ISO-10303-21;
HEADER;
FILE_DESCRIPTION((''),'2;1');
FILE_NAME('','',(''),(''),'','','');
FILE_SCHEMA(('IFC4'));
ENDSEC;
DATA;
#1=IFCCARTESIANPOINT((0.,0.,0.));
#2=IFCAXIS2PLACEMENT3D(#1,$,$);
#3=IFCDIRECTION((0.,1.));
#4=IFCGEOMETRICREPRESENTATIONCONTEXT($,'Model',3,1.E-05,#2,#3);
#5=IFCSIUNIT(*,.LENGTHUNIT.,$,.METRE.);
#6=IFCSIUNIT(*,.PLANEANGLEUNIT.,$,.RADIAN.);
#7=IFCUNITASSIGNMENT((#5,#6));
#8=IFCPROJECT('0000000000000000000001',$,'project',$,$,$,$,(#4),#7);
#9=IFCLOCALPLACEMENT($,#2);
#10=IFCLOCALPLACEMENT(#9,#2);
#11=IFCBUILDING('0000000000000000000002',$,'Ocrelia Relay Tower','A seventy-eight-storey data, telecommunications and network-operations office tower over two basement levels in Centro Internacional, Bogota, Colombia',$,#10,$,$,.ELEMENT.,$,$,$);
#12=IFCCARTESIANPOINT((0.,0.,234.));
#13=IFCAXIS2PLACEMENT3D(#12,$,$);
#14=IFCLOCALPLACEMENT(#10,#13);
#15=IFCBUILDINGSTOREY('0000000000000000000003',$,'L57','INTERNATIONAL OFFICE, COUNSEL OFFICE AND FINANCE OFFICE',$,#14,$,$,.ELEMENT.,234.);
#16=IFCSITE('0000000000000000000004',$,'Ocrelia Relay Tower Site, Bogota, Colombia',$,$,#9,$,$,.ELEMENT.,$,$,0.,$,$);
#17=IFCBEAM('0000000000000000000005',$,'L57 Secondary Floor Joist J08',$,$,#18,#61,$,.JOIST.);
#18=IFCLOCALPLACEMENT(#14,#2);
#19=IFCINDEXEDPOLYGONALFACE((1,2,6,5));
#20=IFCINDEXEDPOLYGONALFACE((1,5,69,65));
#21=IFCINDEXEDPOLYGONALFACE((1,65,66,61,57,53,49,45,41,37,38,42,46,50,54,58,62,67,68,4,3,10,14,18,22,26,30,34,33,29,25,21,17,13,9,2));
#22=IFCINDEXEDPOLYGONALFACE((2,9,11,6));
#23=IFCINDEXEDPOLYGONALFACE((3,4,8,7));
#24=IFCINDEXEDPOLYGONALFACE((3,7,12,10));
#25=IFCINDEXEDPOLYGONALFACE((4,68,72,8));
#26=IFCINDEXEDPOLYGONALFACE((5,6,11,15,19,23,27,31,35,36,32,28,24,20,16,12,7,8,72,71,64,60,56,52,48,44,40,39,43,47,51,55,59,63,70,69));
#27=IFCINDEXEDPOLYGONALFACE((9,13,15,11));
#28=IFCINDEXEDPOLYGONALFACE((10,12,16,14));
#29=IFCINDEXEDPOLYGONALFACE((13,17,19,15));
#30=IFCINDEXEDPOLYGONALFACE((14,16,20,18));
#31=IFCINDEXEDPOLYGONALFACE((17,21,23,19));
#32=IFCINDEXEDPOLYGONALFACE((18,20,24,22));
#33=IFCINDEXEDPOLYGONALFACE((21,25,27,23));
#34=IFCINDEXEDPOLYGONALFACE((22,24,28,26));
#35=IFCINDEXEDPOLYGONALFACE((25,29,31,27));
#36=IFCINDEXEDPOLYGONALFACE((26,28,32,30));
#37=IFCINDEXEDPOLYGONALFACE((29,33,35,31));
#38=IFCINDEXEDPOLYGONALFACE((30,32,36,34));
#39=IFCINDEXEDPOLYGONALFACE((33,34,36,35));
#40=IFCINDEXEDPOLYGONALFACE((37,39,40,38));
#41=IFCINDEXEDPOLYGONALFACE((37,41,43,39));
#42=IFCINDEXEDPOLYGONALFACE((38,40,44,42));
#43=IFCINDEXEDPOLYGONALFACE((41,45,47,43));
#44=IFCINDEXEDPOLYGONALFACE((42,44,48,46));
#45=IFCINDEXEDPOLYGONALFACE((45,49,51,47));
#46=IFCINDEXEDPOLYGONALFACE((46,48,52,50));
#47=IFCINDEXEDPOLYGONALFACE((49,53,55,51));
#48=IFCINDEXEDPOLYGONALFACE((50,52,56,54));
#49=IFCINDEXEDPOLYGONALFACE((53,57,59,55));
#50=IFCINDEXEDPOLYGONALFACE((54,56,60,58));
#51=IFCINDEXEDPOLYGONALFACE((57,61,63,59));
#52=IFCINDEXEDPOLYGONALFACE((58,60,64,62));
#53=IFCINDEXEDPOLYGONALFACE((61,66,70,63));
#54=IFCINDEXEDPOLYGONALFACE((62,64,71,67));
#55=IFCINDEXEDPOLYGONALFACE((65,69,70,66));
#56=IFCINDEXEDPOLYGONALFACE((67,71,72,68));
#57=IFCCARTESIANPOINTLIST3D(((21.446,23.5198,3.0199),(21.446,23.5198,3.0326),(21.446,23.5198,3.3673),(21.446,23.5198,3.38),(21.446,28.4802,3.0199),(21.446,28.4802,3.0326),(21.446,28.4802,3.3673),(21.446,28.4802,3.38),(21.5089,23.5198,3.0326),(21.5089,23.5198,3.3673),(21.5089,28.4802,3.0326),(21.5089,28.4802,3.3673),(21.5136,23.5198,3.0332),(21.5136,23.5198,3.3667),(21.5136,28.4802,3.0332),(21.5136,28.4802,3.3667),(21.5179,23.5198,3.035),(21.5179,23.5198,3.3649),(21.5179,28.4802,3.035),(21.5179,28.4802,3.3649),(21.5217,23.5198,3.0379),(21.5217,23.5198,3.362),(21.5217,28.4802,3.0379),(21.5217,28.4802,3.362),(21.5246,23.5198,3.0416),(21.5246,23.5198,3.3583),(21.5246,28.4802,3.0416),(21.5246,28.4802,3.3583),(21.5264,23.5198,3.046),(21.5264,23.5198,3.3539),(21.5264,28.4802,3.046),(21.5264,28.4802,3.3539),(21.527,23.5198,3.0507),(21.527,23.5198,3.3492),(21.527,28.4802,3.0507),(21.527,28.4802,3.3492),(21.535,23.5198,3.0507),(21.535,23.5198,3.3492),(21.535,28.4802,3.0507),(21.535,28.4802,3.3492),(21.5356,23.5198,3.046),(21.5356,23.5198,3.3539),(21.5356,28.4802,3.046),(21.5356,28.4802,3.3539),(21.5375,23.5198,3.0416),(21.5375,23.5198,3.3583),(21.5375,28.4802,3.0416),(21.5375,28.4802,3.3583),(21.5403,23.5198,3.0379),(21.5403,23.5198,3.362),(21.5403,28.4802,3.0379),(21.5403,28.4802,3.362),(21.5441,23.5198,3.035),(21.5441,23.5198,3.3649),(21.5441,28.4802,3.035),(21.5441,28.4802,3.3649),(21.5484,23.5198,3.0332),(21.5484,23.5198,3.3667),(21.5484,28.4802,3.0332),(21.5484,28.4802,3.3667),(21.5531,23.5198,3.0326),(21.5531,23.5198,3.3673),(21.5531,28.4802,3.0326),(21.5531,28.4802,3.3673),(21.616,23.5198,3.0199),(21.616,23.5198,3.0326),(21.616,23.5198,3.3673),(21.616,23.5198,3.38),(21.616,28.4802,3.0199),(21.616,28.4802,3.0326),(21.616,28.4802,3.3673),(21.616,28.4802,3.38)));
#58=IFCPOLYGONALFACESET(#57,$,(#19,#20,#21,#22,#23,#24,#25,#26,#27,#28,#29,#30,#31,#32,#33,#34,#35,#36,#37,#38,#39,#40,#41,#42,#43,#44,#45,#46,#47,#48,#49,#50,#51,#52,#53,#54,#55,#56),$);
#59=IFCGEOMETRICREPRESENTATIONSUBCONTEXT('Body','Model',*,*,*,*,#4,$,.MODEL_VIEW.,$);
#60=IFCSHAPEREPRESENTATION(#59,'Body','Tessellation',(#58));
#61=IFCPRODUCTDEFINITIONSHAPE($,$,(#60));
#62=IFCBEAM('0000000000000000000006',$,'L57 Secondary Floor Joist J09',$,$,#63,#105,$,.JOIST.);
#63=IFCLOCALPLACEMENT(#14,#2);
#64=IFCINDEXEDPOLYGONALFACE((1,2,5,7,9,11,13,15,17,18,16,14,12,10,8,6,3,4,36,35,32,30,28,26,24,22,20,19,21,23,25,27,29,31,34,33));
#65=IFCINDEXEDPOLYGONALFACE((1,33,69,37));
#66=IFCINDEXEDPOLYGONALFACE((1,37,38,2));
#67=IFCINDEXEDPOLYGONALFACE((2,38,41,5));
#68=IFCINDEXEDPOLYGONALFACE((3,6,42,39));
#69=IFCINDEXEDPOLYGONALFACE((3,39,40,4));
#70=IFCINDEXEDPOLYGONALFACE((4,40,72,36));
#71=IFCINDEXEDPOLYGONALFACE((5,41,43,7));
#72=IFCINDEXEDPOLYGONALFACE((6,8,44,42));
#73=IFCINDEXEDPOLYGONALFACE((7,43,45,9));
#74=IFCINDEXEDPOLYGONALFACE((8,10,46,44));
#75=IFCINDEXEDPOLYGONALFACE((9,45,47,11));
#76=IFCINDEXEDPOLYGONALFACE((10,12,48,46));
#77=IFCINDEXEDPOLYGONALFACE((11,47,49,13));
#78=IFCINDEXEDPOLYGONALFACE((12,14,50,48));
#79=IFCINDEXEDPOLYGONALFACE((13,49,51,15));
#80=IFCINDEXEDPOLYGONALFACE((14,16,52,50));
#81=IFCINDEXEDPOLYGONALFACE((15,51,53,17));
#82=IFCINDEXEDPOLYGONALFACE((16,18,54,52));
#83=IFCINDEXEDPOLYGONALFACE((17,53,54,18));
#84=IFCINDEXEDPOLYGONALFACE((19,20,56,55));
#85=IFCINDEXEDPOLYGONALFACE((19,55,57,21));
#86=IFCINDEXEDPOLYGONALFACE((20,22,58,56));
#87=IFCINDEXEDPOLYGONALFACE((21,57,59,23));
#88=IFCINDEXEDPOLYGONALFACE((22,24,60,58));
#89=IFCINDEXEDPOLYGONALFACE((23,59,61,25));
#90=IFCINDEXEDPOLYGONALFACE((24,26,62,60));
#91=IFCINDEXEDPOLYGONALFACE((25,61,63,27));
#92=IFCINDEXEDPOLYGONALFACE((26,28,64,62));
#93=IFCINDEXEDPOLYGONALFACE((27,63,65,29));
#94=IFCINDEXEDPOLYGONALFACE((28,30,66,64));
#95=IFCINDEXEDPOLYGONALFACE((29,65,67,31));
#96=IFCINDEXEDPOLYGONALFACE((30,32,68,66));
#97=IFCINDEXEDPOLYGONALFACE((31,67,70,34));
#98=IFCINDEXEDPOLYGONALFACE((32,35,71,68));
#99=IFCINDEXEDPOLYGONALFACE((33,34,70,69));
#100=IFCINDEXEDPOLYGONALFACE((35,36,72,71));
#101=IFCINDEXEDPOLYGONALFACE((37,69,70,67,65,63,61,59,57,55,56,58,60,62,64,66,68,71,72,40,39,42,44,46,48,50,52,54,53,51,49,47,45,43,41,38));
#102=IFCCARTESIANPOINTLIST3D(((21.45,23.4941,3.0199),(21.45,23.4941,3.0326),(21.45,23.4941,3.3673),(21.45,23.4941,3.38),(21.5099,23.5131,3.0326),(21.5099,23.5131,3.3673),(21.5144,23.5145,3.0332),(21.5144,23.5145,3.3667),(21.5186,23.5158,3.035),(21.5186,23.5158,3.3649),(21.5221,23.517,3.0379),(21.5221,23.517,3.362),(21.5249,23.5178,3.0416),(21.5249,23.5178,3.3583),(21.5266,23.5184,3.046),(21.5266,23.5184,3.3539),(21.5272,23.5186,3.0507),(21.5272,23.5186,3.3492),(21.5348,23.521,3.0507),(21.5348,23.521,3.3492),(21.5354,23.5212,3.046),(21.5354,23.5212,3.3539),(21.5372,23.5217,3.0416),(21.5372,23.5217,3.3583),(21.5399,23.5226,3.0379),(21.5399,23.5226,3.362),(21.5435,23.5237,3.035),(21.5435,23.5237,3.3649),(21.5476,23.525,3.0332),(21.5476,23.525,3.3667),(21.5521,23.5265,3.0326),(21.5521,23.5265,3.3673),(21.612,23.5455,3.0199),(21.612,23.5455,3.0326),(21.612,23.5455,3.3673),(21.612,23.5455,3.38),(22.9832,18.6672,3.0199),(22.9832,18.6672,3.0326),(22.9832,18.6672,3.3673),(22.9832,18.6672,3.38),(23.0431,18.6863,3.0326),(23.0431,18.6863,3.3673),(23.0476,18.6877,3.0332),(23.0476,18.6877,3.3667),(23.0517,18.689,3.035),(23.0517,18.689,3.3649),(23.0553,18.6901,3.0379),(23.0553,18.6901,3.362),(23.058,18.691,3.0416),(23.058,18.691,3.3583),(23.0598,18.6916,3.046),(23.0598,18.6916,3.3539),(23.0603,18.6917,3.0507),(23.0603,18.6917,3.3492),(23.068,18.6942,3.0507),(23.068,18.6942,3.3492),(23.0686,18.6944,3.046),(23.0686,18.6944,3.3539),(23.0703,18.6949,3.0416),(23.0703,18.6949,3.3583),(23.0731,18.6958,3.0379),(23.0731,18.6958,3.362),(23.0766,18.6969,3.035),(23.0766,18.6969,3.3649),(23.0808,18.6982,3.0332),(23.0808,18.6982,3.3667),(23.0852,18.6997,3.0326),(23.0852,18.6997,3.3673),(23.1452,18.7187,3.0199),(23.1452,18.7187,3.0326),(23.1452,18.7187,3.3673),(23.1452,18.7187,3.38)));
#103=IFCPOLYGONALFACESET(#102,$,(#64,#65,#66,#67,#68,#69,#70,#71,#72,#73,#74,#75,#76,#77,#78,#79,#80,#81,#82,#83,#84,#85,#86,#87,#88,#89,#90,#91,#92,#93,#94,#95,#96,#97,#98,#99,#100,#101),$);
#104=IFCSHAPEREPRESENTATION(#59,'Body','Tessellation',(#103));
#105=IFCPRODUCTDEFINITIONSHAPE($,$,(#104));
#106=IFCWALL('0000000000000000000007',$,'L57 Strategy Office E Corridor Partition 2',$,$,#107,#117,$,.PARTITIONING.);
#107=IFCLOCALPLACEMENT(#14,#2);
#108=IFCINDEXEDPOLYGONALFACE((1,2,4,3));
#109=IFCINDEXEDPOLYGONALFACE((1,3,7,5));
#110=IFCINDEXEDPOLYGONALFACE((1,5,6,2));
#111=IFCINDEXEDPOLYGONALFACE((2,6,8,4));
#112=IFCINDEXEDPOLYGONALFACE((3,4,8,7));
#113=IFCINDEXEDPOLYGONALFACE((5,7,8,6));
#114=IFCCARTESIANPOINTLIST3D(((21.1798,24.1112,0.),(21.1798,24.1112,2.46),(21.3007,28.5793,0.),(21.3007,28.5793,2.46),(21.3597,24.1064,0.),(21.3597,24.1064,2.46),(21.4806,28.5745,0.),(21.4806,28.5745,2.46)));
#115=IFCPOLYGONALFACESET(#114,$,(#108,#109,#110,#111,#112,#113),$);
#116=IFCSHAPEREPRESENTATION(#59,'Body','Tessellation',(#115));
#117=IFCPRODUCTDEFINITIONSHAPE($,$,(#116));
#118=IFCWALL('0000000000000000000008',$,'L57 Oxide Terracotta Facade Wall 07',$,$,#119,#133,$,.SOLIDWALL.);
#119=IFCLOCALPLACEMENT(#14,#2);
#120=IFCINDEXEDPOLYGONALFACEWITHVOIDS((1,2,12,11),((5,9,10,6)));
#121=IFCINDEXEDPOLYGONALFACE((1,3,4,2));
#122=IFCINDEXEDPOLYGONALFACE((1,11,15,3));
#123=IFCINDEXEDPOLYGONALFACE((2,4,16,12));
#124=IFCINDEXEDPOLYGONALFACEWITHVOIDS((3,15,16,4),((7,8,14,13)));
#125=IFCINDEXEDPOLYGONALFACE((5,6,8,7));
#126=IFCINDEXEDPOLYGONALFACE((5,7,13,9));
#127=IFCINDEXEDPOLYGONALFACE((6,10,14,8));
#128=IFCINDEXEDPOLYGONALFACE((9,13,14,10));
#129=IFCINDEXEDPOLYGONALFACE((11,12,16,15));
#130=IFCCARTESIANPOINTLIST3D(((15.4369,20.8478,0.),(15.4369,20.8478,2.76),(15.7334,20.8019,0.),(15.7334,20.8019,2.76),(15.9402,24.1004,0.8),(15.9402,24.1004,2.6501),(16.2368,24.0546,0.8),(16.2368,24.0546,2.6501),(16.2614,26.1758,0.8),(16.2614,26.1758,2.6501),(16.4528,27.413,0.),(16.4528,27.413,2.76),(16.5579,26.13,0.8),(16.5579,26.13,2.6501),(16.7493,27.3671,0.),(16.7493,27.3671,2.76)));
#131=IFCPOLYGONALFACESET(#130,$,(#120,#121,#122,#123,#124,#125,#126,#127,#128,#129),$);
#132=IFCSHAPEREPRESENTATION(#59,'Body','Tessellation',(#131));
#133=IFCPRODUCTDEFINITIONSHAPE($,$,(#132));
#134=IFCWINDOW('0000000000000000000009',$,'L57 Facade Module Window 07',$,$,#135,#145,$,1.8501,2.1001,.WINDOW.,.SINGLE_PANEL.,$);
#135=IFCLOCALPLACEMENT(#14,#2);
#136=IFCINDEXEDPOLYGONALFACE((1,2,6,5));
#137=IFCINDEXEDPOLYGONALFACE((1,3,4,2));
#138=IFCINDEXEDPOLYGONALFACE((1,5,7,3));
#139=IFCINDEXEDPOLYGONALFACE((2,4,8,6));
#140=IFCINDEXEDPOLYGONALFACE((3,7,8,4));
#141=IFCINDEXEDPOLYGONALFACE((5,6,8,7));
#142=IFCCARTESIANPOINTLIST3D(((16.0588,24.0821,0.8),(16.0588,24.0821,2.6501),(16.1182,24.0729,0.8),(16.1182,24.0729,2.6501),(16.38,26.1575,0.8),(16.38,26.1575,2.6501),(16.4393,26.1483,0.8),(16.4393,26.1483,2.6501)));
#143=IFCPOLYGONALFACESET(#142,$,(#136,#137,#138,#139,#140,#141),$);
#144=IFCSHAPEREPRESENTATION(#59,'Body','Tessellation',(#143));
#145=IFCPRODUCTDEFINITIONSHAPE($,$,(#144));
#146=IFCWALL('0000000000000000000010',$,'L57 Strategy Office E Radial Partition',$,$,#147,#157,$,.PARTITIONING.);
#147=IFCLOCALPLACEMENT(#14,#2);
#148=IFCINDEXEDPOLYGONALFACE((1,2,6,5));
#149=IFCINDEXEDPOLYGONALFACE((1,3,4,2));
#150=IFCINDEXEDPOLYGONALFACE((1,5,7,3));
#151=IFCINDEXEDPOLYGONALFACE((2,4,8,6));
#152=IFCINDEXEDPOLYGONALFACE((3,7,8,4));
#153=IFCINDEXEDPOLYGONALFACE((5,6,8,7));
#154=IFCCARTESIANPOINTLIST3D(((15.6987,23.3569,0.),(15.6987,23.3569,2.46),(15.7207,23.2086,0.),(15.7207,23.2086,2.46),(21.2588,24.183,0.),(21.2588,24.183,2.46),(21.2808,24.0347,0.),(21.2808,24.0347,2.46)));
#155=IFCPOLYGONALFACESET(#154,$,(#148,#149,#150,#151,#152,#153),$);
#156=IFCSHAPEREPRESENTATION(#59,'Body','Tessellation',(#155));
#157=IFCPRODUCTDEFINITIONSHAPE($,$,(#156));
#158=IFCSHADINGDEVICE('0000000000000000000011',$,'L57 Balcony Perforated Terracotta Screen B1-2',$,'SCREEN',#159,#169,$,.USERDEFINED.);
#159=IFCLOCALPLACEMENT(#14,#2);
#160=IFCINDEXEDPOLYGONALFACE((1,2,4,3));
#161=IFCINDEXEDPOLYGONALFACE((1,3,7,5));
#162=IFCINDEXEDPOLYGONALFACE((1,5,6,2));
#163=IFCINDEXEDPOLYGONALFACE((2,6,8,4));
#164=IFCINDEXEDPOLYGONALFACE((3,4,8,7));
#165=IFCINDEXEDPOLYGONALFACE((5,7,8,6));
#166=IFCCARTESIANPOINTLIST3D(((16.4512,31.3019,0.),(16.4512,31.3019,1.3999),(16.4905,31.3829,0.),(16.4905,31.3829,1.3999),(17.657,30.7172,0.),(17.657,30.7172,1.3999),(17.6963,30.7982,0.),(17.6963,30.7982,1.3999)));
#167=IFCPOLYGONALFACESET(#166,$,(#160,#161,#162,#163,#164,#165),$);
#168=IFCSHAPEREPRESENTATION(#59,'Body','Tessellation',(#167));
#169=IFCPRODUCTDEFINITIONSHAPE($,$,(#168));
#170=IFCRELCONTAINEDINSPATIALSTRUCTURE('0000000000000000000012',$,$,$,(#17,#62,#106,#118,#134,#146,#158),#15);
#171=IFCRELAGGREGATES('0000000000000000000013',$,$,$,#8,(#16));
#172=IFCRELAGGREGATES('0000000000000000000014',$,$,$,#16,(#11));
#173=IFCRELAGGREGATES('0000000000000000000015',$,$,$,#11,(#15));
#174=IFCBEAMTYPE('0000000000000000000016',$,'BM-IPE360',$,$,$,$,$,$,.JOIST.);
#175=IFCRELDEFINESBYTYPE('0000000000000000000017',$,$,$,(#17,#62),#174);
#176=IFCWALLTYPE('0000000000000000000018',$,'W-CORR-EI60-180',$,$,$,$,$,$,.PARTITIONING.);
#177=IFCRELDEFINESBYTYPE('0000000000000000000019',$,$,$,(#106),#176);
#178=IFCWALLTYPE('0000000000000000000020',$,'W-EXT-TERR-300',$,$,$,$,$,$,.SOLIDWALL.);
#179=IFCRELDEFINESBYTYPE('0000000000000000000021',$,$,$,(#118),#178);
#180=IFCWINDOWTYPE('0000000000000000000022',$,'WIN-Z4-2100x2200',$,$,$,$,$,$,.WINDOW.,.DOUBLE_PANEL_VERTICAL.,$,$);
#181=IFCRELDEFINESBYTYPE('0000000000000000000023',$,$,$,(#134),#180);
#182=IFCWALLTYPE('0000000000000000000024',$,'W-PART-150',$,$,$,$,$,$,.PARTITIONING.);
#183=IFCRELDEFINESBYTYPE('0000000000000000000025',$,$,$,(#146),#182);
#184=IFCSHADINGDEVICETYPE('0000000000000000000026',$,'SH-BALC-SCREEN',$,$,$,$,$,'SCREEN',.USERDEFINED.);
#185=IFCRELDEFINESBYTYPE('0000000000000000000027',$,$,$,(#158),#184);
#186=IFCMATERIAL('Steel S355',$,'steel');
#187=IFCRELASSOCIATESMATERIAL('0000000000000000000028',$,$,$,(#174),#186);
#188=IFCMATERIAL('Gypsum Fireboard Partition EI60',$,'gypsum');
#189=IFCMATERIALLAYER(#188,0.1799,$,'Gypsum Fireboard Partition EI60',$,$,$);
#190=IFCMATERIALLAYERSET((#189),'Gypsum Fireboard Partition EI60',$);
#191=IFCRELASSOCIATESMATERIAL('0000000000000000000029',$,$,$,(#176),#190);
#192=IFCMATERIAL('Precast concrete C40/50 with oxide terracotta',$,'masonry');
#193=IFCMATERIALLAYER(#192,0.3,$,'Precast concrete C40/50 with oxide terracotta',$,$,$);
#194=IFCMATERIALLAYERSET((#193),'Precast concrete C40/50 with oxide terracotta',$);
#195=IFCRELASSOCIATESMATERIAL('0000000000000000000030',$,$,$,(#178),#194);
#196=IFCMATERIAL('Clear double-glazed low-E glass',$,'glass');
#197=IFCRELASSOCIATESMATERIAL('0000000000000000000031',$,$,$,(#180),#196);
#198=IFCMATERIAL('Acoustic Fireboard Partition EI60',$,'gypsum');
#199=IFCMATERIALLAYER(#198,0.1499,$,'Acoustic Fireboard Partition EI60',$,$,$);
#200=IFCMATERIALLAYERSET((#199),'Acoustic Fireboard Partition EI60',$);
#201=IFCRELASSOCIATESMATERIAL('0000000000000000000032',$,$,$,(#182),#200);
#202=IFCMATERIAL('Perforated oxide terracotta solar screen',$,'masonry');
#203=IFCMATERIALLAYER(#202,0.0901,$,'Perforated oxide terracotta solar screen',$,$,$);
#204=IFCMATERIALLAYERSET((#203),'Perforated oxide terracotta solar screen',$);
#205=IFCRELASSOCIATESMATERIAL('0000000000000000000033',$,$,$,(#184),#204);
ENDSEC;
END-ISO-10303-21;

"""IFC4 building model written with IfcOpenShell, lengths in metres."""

from ifc_helpers import new_model, si_unit, direction, frame, frame_2d, origin, origin_2d, place, context, subcontext, project, spatial, rectangle, i_section, extrude, material, layer, layer_set, material_profile, profile_set, type_object, element, fill, save


model = new_model("IFC4")

# Units and contexts
model_context = context("Model", 3, precision=1e-05, world=origin(), true_north=direction((0.0, 1.0)))
body_context = subcontext(model_context, "Body", "Model", "MODEL_VIEW")
ifc_project = project(units=[si_unit("LENGTHUNIT", "METRE"), si_unit("PLANEANGLEUNIT", "RADIAN")], contexts=[model_context])

# Site, building, storey
site_placement = place(None, origin())
site = spatial("IfcSite", under=ifc_project, at=site_placement, Name="Ocrelia Relay Tower Site, Bogota, Colombia", CompositionType="ELEMENT", RefElevation=0.0)
building_placement = place(site_placement, origin())
building = spatial("IfcBuilding", under=site, at=building_placement, Name="Ocrelia Relay Tower", Description="A seventy-eight-storey data, telecommunications and network-operations office tower over two basement levels in Centro Internacional, Bogota, Colombia", CompositionType="ELEMENT")
storey_placement = place(building_placement, frame((0.0, 0.0, 234.0)))
storey = spatial("IfcBuildingStorey", under=building, at=storey_placement, Name="L57", Description="INTERNATIONAL OFFICE, COUNSEL OFFICE AND FINANCE OFFICE", CompositionType="ELEMENT", Elevation=234.0)

# Beams
ifc_material_1 = material(Name="Steel S355", Category="steel")
ifc_material_profile_1 = material_profile(ifc_material_1, i_section(OverallWidth=0.1699, OverallDepth=0.3601, WebThickness=0.0081, FlangeThickness=0.0127, FilletRadius=0.0181, at=origin_2d()), Name="IPE 360")
ifc_profile_set_1 = profile_set([ifc_material_profile_1], Name="Steel S355")
beam_type_1 = type_object("IfcBeamType", Name="BM-IPE360", PredefinedType="JOIST", material=ifc_profile_set_1)
beam_1_placement = place(storey_placement, frame((21.531, 28.4802, 3.2), z_axis=(0.0, -1.0, 0.0), x_axis=(1.0, 0.0, 0.0)))
element("IfcBeam", 1, at=beam_1_placement, inside=storey, type_object=beam_type_1, Name="L57 Secondary Floor Joist J08", PredefinedType="JOIST", context=body_context, shape_type="SweptSolid", body=[
    extrude(i_section(OverallWidth=0.1699, OverallDepth=0.3601, WebThickness=0.0081, FlangeThickness=0.0127, FilletRadius=0.0181, at=origin_2d()), origin(), (0.0, 0.0, 1.0), 4.9604),
])
beam_2_placement = place(storey_placement, frame((21.531, 23.5198, 3.2), z_axis=(0.302732, -0.953076, 0.0), x_axis=(0.953076, 0.302732, 0.0)))
element("IfcBeam", 2, at=beam_2_placement, inside=storey, type_object=beam_type_1, Name="L57 Secondary Floor Joist J09", PredefinedType="JOIST", context=body_context, shape_type="SweptSolid", body=[
    extrude(i_section(OverallWidth=0.1699, OverallDepth=0.3601, WebThickness=0.0081, FlangeThickness=0.0127, FilletRadius=0.0181, at=origin_2d()), origin(), (0.0, 0.0, 1.0), 5.0645),
])

# Wall
ifc_material_2 = material(Name="Gypsum Fireboard Partition EI60", Category="gypsum")
ifc_layer_1 = layer(ifc_material_2, 0.1799, Name="Gypsum Fireboard Partition EI60")
ifc_layer_set_1 = layer_set([ifc_layer_1], Name="Gypsum Fireboard Partition EI60")
wall_type_1 = type_object("IfcWallType", Name="W-CORR-EI60-180", PredefinedType="PARTITIONING", material=ifc_layer_set_1)
wall_1_placement = place(storey_placement, frame((21.3906, 28.5769, 0.0), z_axis=(0.0, 0.0, 1.0), x_axis=(-0.027038, -0.999634, 0.0)))
element("IfcWall", 3, at=wall_1_placement, inside=storey, type_object=wall_type_1, Name="L57 Strategy Office E Corridor Partition 2", PredefinedType="PARTITIONING", context=body_context, shape_type="SweptSolid", body=[
    extrude(rectangle(XDim=4.4697, YDim=0.1799, at=frame_2d((2.2349, 0.0))), origin(), (0.0, 0.0, 1.0), 2.46),
])

# Wall, opening, window
ifc_material_3 = material(Name="Precast concrete C40/50 with oxide terracotta", Category="masonry")
ifc_layer_2 = layer(ifc_material_3, 0.3, Name="Precast concrete C40/50 with oxide terracotta")
ifc_layer_set_2 = layer_set([ifc_layer_2], Name="Precast concrete C40/50 with oxide terracotta")
wall_type_2 = type_object("IfcWallType", Name="W-EXT-TERR-300", PredefinedType="SOLIDWALL", material=ifc_layer_set_2)
wall_2_placement = place(storey_placement, frame((16.6011, 27.3901, 0.0), z_axis=(0.0, 0.0, 1.0), x_axis=(-0.152916, -0.988239, 0.0)))
wall_2 = element("IfcWall", 4, at=wall_2_placement, inside=storey, type_object=wall_type_2, Name="L57 Oxide Terracotta Facade Wall 07", PredefinedType="SOLIDWALL", context=body_context, shape_type="SweptSolid", body=[
    extrude(rectangle(XDim=6.6433, YDim=0.3, at=frame_2d((3.3218, 0.0))), origin(), (0.0, 0.0, 1.0), 2.76),
])
opening_1_placement = place(wall_2_placement, frame((1.252, 0.0, 0.8)))
opening_1 = element("IfcOpeningElement", 5, at=opening_1_placement, cuts=wall_2, PredefinedType="OPENING", context=body_context, shape_type="SweptSolid", body=[
    extrude(rectangle(XDim=2.1001, YDim=1.8501, at=frame_2d((1.05, 0.925))), frame((0.0, 0.1602, 0.0), z_axis=(0.0, -1.0, 0.0), x_axis=(1.0, 0.0, 0.0)), (0.0, 0.0, 1.0), 0.3201),
])
ifc_material_4 = material(Name="Clear double-glazed low-E glass", Category="glass")
window_type = type_object("IfcWindowType", Name="WIN-Z4-2100x2200", PartitioningType="DOUBLE_PANEL_VERTICAL", PredefinedType="WINDOW", material=ifc_material_4)
window_placement = place(opening_1_placement, origin())
window = element("IfcWindow", 6, at=window_placement, inside=storey, type_object=window_type, Name="L57 Facade Module Window 07", OverallHeight=1.8501, OverallWidth=2.1001, PartitioningType="SINGLE_PANEL", PredefinedType="WINDOW", context=body_context, shape_type="SweptSolid", body=[
    extrude(rectangle(XDim=2.1001, YDim=1.8501, at=frame_2d((1.05, 0.925))), frame((0.0, 0.03, 0.0), z_axis=(0.0, -1.0, 0.0), x_axis=(1.0, 0.0, 0.0)), (0.0, 0.0, 1.0), 0.0601),
])
fill(opening_1, window)

# Wall
ifc_material_5 = material(Name="Acoustic Fireboard Partition EI60", Category="gypsum")
ifc_layer_3 = layer(ifc_material_5, 0.1499, Name="Acoustic Fireboard Partition EI60")
ifc_layer_set_3 = layer_set([ifc_layer_3], Name="Acoustic Fireboard Partition EI60")
wall_type_3 = type_object("IfcWallType", Name="W-PART-150", PredefinedType="PARTITIONING", material=ifc_layer_set_3)
wall_3_placement = place(storey_placement, frame((21.2698, 24.1089, 0.0), z_axis=(0.0, 0.0, 1.0), x_axis=(-0.98914, -0.146977, 0.0)))
element("IfcWall", 7, at=wall_3_placement, inside=storey, type_object=wall_type_3, Name="L57 Strategy Office E Radial Partition", PredefinedType="PARTITIONING", context=body_context, shape_type="SweptSolid", body=[
    extrude(rectangle(XDim=5.6211, YDim=0.1499, at=frame_2d((2.8105, 0.0))), origin(), (0.0, 0.0, 1.0), 2.46),
])

# Shading device
ifc_material_6 = material(Name="Perforated oxide terracotta solar screen", Category="masonry")
ifc_layer_4 = layer(ifc_material_6, 0.0901, Name="Perforated oxide terracotta solar screen")
ifc_layer_set_4 = layer_set([ifc_layer_4], Name="Perforated oxide terracotta solar screen")
shading_device_type_1 = type_object("IfcShadingDeviceType", Name="SH-BALC-SCREEN", ElementType="SCREEN", PredefinedType="USERDEFINED", material=ifc_layer_set_4)
shading_device_1_placement = place(storey_placement, frame((17.0737, 31.05, 0.0), z_axis=(0.0, 0.0, 1.0), x_axis=(-0.899787, 0.43633, 0.0)))
element("IfcShadingDevice", 8, at=shading_device_1_placement, inside=storey, type_object=shading_device_type_1, Name="L57 Balcony Perforated Terracotta Screen B1-2", ObjectType="SCREEN", PredefinedType="USERDEFINED", context=body_context, shape_type="SweptSolid", body=[
    extrude(rectangle(XDim=1.3401, YDim=0.0901, at=origin_2d()), origin(), (0.0, 0.0, 1.0), 1.3999),
])

save(model, "model.ifc")
